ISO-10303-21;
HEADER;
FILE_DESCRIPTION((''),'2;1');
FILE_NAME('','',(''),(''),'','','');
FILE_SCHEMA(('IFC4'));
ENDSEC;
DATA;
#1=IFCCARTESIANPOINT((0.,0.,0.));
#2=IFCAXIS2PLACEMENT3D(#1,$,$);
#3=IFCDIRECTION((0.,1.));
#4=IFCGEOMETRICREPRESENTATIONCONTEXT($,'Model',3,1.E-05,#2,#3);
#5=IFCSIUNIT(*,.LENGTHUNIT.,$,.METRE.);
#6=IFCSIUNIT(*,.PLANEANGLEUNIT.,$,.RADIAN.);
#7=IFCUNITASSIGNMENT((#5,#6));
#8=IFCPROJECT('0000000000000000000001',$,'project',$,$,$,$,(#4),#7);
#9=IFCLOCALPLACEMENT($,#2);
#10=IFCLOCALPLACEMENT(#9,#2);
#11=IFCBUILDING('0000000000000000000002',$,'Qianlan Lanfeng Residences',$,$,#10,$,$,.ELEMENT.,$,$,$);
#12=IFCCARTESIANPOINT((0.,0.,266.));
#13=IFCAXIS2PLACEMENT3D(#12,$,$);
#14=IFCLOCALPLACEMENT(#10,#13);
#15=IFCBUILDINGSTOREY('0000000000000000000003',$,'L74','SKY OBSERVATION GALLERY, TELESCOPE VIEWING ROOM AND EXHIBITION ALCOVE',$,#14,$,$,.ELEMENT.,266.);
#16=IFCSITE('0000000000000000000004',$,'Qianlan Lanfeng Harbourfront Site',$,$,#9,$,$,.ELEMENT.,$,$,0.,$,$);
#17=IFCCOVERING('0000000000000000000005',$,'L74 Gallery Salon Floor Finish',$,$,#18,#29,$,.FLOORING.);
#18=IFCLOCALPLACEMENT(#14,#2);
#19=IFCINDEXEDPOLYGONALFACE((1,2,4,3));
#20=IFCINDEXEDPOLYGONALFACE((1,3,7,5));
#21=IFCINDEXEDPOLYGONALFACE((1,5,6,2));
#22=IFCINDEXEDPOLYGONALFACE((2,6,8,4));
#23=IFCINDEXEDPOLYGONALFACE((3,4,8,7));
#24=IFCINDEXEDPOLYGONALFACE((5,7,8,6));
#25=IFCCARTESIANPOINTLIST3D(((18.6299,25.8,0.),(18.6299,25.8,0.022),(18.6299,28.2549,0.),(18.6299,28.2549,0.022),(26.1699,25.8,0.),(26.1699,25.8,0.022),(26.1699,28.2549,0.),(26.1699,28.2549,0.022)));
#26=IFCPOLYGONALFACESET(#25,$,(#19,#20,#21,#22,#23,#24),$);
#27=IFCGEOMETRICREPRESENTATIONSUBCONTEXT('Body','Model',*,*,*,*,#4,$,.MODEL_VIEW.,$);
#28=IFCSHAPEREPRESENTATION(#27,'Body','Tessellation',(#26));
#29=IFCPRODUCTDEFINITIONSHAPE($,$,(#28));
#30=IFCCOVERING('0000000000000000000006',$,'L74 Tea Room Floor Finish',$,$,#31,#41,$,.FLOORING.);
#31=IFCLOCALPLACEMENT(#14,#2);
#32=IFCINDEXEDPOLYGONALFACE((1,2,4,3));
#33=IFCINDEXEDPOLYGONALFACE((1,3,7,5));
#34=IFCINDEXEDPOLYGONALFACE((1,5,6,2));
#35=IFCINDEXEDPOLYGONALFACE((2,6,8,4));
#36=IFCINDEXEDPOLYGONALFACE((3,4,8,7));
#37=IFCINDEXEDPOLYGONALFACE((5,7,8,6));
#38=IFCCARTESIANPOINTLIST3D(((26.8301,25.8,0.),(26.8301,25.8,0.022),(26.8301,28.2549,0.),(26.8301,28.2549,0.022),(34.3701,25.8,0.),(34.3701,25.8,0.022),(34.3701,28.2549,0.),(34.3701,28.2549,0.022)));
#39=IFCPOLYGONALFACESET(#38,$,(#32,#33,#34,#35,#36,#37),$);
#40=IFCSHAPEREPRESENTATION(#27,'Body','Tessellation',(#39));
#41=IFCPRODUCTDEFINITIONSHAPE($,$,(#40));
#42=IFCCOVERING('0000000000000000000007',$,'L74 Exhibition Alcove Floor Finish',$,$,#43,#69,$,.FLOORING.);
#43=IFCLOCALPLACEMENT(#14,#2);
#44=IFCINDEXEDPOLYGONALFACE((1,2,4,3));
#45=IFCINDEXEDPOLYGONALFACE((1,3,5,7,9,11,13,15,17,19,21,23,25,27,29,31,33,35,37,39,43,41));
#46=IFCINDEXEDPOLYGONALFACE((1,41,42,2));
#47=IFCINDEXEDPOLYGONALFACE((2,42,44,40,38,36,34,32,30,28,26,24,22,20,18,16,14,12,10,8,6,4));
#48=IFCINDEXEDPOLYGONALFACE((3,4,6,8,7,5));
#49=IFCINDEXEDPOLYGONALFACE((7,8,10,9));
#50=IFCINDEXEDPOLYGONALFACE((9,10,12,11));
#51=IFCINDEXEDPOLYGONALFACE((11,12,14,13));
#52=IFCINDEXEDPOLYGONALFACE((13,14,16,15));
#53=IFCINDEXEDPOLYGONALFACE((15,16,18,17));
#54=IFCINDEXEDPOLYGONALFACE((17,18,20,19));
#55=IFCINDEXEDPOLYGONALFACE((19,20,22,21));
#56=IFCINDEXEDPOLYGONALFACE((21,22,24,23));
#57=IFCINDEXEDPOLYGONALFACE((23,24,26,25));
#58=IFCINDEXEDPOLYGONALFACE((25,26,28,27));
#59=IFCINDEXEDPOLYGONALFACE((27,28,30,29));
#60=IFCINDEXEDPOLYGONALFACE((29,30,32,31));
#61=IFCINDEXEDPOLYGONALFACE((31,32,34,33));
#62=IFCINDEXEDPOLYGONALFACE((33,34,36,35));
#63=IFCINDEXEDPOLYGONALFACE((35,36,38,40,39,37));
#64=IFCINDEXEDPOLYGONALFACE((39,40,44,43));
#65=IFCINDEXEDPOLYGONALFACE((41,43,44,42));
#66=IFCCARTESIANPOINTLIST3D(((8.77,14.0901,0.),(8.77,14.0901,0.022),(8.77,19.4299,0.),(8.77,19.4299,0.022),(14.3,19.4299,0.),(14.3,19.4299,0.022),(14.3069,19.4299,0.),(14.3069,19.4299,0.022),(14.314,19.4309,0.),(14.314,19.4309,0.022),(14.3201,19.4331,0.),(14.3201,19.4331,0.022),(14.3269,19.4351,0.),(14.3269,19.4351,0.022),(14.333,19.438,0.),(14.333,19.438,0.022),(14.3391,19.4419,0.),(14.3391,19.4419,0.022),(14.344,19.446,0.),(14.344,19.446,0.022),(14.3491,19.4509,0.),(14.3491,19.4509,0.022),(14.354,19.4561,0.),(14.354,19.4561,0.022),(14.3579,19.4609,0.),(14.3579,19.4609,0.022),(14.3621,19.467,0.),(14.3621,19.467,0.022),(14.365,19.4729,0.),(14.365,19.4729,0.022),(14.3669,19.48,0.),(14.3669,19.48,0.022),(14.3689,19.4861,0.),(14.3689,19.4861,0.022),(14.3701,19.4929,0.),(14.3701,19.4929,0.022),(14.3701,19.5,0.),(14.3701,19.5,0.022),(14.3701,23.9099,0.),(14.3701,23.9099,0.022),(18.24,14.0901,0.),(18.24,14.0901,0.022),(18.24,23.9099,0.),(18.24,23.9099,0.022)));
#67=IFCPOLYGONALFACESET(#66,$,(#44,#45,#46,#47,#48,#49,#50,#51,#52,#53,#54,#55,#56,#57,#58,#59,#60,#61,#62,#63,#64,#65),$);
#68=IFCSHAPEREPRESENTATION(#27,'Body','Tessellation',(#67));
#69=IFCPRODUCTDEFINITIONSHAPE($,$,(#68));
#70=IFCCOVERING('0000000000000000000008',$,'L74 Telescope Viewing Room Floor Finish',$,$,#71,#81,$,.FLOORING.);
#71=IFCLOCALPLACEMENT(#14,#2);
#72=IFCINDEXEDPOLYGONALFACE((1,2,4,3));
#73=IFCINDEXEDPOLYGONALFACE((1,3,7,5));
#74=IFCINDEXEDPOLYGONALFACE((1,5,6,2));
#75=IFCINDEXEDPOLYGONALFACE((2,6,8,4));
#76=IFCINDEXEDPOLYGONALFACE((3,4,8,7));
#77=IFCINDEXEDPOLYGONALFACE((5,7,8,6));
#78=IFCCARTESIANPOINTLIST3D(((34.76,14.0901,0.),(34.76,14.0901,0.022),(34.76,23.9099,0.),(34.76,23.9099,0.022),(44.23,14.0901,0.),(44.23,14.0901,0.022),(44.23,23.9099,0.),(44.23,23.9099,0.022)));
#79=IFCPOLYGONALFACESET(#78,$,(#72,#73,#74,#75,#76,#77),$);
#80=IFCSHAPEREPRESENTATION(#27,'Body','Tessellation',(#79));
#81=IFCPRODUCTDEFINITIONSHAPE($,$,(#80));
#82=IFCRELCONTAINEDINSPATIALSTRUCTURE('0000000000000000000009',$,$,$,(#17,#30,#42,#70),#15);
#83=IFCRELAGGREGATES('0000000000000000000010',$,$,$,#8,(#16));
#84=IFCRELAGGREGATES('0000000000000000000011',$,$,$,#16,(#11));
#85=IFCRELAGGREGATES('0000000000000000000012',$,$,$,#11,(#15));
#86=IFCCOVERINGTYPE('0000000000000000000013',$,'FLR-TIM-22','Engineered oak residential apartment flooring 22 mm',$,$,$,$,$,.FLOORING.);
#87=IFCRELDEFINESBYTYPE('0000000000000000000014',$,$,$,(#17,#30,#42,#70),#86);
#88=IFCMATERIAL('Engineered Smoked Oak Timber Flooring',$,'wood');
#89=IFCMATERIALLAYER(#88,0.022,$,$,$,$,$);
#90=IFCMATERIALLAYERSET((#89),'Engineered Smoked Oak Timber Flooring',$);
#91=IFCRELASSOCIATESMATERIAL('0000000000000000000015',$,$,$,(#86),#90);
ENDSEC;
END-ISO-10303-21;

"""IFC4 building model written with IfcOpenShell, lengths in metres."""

from ifc_helpers import new_model, si_unit, direction, frame, origin, place, context, subcontext, project, spatial, polyline, outline, extrude, material, layer, layer_set, type_object, element, save


model = new_model("IFC4")

# Units and contexts
model_context = context("Model", 3, precision=1e-05, world=origin(), true_north=direction((0.0, 1.0)))
body_context = subcontext(model_context, "Body", "Model", "MODEL_VIEW")
ifc_project = project(units=[si_unit("LENGTHUNIT", "METRE"), si_unit("PLANEANGLEUNIT", "RADIAN")], contexts=[model_context])

# Site, building, storey
site_placement = place(None, origin())
site = spatial("IfcSite", under=ifc_project, at=site_placement, Name="Qianlan Lanfeng Harbourfront Site", CompositionType="ELEMENT", RefElevation=0.0)
building_placement = place(site_placement, origin())
building = spatial("IfcBuilding", under=site, at=building_placement, Name="Qianlan Lanfeng Residences", CompositionType="ELEMENT")
storey_placement = place(building_placement, frame((0.0, 0.0, 266.0)))
storey = spatial("IfcBuildingStorey", under=building, at=storey_placement, Name="L74", Description="SKY OBSERVATION GALLERY, TELESCOPE VIEWING ROOM AND EXHIBITION ALCOVE", CompositionType="ELEMENT", Elevation=266.0)

# Coverings
ifc_material_1 = material(Name="Engineered Smoked Oak Timber Flooring", Category="wood")
ifc_layer_1 = layer(ifc_material_1, 0.022)
ifc_layer_set_1 = layer_set([ifc_layer_1], Name="Engineered Smoked Oak Timber Flooring")
covering_type_1 = type_object("IfcCoveringType", Name="FLR-TIM-22", Description="Engineered oak residential apartment flooring 22 mm", PredefinedType="FLOORING", material=ifc_layer_set_1)
covering_1_placement = place(storey_placement, origin())
element("IfcCovering", 1, at=covering_1_placement, inside=storey, type_object=covering_type_1, Name="L74 Gallery Salon Floor Finish", PredefinedType="FLOORING", context=body_context, shape_type="SweptSolid", body=[
    extrude(outline(polyline([(18.6299, 25.8), (26.1699, 25.8), (26.1699, 28.2549), (18.6299, 28.2549), (18.6299, 25.8)])), origin(), (0.0, 0.0, 1.0), 0.022),
])
covering_2_placement = place(storey_placement, origin())
element("IfcCovering", 2, at=covering_2_placement, inside=storey, type_object=covering_type_1, Name="L74 Tea Room Floor Finish", PredefinedType="FLOORING", context=body_context, shape_type="SweptSolid", body=[
    extrude(outline(polyline([(26.8301, 25.8), (34.3701, 25.8), (34.3701, 28.2549), (26.8301, 28.2549), (26.8301, 25.8)])), origin(), (0.0, 0.0, 1.0), 0.022),
])
covering_3_placement = place(storey_placement, origin())
element("IfcCovering", 3, at=covering_3_placement, inside=storey, type_object=covering_type_1, Name="L74 Exhibition Alcove Floor Finish", PredefinedType="FLOORING", context=body_context, shape_type="SweptSolid", body=[
    extrude(outline(polyline([(18.24, 14.0901), (18.24, 23.9099), (14.3701, 23.9099), (14.3701, 19.5), (14.3701, 19.4929), (14.3689, 19.4861), (14.3669, 19.48), (14.365, 19.4729), (14.3621, 19.467), (14.3579, 19.4609), (14.354, 19.4561), (14.3491, 19.4509), (14.344, 19.446), (14.3391, 19.4419), (14.333, 19.438), (14.3269, 19.4351), (14.3201, 19.4331), (14.314, 19.4309), (14.3069, 19.4299), (14.3, 19.4299), (8.77, 19.4299), (8.77, 14.0901), (18.24, 14.0901)])), origin(), (0.0, 0.0, 1.0), 0.022),
])
covering_4_placement = place(storey_placement, origin())
element("IfcCovering", 4, at=covering_4_placement, inside=storey, type_object=covering_type_1, Name="L74 Telescope Viewing Room Floor Finish", PredefinedType="FLOORING", context=body_context, shape_type="SweptSolid", body=[
    extrude(outline(polyline([(34.76, 23.9099), (34.76, 14.0901), (44.23, 14.0901), (44.23, 23.9099), (34.76, 23.9099)])), origin(), (0.0, 0.0, 1.0), 0.022),
])

save(model, "model.ifc")
